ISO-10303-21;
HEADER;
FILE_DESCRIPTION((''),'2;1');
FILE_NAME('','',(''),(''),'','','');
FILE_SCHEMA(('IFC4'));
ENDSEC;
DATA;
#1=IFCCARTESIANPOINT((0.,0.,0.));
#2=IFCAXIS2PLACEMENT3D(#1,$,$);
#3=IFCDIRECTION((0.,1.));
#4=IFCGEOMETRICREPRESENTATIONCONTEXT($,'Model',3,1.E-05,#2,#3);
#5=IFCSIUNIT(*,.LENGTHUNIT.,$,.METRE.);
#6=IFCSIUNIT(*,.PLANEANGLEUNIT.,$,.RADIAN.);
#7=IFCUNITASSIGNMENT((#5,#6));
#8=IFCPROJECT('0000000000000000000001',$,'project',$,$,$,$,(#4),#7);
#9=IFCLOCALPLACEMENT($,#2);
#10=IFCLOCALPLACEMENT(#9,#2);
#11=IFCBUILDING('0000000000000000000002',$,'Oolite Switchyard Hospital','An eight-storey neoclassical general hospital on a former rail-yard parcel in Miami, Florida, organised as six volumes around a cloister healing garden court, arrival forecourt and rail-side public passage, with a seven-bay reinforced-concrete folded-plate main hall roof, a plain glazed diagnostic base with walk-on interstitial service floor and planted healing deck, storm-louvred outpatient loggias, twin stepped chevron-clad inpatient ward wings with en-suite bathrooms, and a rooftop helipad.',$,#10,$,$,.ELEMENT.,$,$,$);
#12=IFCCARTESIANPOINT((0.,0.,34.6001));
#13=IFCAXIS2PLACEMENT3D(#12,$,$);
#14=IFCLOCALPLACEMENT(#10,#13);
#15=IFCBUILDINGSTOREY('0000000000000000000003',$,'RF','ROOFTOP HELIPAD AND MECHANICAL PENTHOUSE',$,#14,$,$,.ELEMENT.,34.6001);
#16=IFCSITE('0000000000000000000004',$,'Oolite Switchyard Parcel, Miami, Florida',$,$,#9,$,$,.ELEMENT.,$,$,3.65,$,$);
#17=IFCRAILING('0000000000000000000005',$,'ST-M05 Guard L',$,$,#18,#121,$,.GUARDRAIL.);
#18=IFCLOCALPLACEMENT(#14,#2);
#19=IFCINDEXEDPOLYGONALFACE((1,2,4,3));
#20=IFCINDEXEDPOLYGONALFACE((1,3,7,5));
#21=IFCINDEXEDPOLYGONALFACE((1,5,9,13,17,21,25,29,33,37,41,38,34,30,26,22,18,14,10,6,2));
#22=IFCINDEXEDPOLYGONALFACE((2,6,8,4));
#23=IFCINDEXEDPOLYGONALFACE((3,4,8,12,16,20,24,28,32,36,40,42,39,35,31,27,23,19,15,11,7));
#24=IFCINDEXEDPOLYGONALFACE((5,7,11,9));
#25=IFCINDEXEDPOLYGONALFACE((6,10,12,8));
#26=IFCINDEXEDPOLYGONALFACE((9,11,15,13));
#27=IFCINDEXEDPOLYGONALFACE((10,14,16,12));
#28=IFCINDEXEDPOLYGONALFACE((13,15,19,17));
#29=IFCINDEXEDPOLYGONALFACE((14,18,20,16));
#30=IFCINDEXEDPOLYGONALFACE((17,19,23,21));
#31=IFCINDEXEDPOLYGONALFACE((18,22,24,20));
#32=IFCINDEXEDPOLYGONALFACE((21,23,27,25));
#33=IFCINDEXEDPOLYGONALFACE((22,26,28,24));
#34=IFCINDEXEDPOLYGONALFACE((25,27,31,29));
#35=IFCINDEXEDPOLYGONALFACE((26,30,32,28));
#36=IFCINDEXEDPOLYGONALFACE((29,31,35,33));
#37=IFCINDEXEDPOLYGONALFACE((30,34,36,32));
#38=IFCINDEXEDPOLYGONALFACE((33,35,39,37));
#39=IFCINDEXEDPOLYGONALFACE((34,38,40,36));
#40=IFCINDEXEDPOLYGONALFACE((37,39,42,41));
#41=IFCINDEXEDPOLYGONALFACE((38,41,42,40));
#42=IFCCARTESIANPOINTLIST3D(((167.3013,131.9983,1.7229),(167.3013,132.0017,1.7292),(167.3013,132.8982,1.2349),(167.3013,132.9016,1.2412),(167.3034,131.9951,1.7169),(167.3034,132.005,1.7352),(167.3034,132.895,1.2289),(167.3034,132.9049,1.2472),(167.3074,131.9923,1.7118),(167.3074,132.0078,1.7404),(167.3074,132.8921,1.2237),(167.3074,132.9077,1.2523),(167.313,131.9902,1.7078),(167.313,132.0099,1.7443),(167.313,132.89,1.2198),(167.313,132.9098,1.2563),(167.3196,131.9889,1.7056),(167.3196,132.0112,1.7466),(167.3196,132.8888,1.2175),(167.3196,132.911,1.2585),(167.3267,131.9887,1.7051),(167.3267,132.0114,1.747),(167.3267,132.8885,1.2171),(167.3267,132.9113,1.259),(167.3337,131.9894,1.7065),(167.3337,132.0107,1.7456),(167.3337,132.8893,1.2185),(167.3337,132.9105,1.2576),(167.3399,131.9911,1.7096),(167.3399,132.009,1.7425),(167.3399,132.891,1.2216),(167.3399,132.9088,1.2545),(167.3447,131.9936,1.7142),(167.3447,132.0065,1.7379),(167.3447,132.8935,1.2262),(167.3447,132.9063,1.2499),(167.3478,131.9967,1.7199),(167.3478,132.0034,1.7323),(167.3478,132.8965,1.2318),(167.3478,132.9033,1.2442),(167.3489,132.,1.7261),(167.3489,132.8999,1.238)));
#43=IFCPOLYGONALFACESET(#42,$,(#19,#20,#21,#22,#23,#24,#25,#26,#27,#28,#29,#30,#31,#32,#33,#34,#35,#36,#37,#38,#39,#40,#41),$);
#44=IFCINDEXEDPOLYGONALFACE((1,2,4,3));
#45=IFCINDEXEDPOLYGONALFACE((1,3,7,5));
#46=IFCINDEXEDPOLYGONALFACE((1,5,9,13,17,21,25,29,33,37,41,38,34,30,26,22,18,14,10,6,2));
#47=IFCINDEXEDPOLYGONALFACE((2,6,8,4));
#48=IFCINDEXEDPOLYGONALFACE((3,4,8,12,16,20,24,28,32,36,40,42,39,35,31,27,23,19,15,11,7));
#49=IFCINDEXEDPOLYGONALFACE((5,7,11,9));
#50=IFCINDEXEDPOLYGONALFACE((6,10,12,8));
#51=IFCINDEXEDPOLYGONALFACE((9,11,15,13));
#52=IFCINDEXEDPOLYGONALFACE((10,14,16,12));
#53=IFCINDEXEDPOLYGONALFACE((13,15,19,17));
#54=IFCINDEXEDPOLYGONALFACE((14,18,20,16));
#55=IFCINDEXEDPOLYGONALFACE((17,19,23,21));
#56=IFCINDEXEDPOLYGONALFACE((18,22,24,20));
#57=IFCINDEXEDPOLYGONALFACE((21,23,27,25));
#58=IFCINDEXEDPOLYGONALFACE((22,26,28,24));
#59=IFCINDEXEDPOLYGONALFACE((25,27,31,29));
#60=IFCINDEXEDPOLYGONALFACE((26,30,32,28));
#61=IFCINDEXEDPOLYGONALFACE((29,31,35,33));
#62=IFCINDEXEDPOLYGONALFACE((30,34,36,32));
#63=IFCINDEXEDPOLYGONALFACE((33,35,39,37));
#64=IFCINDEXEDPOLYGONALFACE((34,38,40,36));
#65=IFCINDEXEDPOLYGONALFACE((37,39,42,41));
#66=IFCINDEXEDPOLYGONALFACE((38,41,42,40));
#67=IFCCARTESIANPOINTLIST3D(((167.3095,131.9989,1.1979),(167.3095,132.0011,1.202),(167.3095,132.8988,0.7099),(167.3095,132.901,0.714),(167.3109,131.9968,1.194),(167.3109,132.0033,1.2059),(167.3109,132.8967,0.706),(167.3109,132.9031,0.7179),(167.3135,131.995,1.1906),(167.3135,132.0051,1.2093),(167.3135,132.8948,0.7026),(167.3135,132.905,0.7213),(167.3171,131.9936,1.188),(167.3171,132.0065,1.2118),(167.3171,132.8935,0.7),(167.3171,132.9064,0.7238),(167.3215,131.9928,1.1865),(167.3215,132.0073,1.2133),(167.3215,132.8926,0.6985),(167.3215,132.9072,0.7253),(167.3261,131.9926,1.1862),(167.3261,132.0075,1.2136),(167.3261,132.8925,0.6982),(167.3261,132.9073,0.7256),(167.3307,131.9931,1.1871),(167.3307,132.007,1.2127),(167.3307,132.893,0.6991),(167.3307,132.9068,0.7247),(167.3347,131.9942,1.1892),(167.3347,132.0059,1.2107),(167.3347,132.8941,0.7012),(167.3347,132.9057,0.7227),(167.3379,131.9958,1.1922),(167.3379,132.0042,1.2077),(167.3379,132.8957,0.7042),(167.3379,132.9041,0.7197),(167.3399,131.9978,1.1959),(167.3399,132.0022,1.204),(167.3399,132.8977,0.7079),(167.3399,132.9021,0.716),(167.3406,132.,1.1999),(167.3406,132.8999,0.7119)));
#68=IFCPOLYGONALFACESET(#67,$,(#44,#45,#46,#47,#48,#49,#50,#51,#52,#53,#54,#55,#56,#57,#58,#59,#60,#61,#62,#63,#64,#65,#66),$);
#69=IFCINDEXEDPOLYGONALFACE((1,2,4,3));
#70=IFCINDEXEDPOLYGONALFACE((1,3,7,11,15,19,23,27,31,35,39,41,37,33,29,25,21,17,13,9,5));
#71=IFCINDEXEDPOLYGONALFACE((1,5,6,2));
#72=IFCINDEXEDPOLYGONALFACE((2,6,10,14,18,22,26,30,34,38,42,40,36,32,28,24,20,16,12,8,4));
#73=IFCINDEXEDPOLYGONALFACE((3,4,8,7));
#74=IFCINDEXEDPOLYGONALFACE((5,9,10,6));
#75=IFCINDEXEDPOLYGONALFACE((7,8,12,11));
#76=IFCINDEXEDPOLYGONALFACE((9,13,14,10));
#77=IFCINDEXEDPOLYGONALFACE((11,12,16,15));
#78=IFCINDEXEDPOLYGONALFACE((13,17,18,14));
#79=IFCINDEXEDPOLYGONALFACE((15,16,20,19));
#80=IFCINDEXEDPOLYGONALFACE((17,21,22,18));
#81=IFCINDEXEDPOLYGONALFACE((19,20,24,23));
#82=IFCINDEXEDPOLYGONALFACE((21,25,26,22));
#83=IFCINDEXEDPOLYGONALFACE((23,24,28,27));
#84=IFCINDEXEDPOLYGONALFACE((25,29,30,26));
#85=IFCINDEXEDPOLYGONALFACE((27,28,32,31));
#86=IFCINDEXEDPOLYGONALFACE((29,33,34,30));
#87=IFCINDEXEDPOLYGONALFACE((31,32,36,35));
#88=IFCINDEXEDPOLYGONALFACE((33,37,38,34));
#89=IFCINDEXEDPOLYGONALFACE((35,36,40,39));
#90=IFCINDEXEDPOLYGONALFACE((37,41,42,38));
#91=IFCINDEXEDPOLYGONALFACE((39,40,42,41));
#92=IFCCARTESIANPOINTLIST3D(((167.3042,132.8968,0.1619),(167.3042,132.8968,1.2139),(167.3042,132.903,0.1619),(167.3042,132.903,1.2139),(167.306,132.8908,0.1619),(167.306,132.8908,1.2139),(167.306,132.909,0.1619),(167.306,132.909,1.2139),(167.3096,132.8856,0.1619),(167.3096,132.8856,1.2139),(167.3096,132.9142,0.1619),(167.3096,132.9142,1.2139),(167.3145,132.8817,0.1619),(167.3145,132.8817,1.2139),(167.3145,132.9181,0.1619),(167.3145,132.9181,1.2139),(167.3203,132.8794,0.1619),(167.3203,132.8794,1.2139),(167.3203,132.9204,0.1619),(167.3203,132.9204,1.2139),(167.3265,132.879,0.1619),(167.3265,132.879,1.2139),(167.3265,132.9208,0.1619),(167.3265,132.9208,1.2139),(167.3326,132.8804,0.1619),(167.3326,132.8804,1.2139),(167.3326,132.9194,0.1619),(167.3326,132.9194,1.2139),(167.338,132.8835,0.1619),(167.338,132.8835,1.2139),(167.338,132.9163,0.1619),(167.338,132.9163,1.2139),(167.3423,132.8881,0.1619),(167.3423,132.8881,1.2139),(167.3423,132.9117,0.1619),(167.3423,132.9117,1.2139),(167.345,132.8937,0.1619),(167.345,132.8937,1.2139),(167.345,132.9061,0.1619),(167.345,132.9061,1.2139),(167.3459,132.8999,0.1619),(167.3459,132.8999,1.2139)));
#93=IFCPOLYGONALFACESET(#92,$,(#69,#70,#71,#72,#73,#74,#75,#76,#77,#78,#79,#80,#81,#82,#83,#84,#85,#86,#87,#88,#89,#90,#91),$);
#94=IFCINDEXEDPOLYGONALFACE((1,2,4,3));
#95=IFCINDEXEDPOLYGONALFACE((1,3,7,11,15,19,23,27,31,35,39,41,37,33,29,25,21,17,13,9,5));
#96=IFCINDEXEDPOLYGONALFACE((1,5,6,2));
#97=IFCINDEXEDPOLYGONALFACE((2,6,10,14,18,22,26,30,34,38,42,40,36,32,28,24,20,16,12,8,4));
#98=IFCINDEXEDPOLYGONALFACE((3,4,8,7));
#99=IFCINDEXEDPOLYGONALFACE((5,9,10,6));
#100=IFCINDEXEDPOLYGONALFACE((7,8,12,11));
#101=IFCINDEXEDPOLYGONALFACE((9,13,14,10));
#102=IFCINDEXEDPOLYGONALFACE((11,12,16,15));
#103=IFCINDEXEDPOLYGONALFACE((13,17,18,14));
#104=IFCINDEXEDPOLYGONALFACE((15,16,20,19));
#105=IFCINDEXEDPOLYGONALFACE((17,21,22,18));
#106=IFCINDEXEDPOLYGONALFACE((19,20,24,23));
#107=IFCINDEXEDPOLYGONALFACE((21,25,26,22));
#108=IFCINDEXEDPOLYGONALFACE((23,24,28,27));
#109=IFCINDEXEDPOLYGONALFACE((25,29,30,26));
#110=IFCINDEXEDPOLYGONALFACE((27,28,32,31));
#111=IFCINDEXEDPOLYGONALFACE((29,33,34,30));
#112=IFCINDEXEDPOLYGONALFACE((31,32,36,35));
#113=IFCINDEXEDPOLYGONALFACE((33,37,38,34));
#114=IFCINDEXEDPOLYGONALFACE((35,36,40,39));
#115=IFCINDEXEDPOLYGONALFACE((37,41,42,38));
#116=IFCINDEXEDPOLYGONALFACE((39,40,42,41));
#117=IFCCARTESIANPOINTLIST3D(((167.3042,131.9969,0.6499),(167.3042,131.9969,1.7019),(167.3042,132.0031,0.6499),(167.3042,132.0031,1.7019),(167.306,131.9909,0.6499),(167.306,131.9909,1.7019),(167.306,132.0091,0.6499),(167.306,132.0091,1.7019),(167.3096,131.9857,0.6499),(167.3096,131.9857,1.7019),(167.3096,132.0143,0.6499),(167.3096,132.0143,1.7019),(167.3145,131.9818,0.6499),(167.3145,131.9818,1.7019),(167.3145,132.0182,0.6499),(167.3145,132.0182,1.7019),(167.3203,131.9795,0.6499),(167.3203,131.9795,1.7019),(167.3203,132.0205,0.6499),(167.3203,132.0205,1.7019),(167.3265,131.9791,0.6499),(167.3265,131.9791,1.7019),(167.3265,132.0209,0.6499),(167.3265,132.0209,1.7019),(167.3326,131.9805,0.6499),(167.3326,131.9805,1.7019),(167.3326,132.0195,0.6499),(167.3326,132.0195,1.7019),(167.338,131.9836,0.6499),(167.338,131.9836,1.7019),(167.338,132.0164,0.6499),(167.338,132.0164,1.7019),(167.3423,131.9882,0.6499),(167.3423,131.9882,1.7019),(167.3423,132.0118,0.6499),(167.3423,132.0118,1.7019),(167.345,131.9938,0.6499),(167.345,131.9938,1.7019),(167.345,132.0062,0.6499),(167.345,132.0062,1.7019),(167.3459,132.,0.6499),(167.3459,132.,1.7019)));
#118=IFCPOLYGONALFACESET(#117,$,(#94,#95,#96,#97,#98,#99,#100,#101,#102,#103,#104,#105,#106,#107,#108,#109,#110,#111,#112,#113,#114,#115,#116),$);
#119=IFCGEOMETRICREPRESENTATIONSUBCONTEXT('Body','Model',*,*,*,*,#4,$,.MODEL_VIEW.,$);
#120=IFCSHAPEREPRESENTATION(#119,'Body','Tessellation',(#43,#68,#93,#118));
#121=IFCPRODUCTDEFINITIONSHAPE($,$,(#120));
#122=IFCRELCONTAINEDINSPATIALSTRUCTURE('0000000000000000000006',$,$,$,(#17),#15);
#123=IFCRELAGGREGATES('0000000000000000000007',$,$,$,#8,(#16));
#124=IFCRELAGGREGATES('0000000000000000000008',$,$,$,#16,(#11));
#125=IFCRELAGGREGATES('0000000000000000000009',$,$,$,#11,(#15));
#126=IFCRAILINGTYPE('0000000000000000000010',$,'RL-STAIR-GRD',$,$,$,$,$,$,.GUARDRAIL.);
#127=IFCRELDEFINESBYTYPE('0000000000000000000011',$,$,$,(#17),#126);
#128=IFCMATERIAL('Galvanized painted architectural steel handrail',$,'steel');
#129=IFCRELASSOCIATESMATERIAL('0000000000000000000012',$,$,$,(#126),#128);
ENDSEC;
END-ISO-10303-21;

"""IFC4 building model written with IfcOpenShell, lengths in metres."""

from ifc_helpers import new_model, si_unit, direction, frame, origin, origin_2d, place, context, subcontext, project, spatial, circle, extrude, material, type_object, element, save


model = new_model("IFC4")

# Units and contexts
model_context = context("Model", 3, precision=1e-05, world=origin(), true_north=direction((0.0, 1.0)))
body_context = subcontext(model_context, "Body", "Model", "MODEL_VIEW")
ifc_project = project(units=[si_unit("LENGTHUNIT", "METRE"), si_unit("PLANEANGLEUNIT", "RADIAN")], contexts=[model_context])

# Site, building, storey
site_placement = place(None, origin())
site = spatial("IfcSite", under=ifc_project, at=site_placement, Name="Oolite Switchyard Parcel, Miami, Florida", CompositionType="ELEMENT", RefElevation=3.65)
building_placement = place(site_placement, origin())
building = spatial("IfcBuilding", under=site, at=building_placement, Name="Oolite Switchyard Hospital", Description="An eight-storey neoclassical general hospital on a former rail-yard parcel in Miami, Florida, organised as six volumes around a cloister healing garden court, arrival forecourt and rail-side public passage, with a seven-bay reinforced-concrete folded-plate main hall roof, a plain glazed diagnostic base with walk-on interstitial service floor and planted healing deck, storm-louvred outpatient loggias, twin stepped chevron-clad inpatient ward wings with en-suite bathrooms, and a rooftop helipad.", CompositionType="ELEMENT")
storey_placement = place(building_placement, frame((0.0, 0.0, 34.6001)))
storey = spatial("IfcBuildingStorey", under=building, at=storey_placement, Name="RF", Description="ROOFTOP HELIPAD AND MECHANICAL PENTHOUSE", CompositionType="ELEMENT", Elevation=34.6001)

# Railing
ifc_material_1 = material(Name="Galvanized painted architectural steel handrail", Category="steel")
railing_type_1 = type_object("IfcRailingType", Name="RL-STAIR-GRD", PredefinedType="GUARDRAIL", material=ifc_material_1)
for number, where, name in (
    (1, (167.325, 132.8999, 0.1619), "ST-M05 Guard L"),
):
    element("IfcRailing", number, at=place(storey_placement, frame(where)), inside=storey, type_object=railing_type_1, Name=name, PredefinedType="GUARDRAIL", context=body_context, shape_type="SweptSolid", body=[
        extrude(circle(Radius=0.0239, at=origin_2d()), frame((0.0, 0.0, 1.0762), z_axis=(0.0, -0.87905, 0.476729), x_axis=(1.0, 0.0, 0.0)), (0.0, 0.0, 1.0), 1.0237),
        extrude(circle(Radius=0.0156, at=origin_2d()), frame((0.0, 0.0, 0.55), z_axis=(0.0, -0.87905, 0.476729), x_axis=(1.0, 0.0, 0.0)), (0.0, 0.0, 1.0), 1.0237),
        extrude(circle(Radius=0.021, at=origin_2d()), origin(), (0.0, 0.0, 1.0), 1.052),
        extrude(circle(Radius=0.021, at=origin_2d()), frame((0.0, -0.8999, 0.488)), (0.0, 0.0, 1.0), 1.052),
    ])

save(model, "model.ifc")
